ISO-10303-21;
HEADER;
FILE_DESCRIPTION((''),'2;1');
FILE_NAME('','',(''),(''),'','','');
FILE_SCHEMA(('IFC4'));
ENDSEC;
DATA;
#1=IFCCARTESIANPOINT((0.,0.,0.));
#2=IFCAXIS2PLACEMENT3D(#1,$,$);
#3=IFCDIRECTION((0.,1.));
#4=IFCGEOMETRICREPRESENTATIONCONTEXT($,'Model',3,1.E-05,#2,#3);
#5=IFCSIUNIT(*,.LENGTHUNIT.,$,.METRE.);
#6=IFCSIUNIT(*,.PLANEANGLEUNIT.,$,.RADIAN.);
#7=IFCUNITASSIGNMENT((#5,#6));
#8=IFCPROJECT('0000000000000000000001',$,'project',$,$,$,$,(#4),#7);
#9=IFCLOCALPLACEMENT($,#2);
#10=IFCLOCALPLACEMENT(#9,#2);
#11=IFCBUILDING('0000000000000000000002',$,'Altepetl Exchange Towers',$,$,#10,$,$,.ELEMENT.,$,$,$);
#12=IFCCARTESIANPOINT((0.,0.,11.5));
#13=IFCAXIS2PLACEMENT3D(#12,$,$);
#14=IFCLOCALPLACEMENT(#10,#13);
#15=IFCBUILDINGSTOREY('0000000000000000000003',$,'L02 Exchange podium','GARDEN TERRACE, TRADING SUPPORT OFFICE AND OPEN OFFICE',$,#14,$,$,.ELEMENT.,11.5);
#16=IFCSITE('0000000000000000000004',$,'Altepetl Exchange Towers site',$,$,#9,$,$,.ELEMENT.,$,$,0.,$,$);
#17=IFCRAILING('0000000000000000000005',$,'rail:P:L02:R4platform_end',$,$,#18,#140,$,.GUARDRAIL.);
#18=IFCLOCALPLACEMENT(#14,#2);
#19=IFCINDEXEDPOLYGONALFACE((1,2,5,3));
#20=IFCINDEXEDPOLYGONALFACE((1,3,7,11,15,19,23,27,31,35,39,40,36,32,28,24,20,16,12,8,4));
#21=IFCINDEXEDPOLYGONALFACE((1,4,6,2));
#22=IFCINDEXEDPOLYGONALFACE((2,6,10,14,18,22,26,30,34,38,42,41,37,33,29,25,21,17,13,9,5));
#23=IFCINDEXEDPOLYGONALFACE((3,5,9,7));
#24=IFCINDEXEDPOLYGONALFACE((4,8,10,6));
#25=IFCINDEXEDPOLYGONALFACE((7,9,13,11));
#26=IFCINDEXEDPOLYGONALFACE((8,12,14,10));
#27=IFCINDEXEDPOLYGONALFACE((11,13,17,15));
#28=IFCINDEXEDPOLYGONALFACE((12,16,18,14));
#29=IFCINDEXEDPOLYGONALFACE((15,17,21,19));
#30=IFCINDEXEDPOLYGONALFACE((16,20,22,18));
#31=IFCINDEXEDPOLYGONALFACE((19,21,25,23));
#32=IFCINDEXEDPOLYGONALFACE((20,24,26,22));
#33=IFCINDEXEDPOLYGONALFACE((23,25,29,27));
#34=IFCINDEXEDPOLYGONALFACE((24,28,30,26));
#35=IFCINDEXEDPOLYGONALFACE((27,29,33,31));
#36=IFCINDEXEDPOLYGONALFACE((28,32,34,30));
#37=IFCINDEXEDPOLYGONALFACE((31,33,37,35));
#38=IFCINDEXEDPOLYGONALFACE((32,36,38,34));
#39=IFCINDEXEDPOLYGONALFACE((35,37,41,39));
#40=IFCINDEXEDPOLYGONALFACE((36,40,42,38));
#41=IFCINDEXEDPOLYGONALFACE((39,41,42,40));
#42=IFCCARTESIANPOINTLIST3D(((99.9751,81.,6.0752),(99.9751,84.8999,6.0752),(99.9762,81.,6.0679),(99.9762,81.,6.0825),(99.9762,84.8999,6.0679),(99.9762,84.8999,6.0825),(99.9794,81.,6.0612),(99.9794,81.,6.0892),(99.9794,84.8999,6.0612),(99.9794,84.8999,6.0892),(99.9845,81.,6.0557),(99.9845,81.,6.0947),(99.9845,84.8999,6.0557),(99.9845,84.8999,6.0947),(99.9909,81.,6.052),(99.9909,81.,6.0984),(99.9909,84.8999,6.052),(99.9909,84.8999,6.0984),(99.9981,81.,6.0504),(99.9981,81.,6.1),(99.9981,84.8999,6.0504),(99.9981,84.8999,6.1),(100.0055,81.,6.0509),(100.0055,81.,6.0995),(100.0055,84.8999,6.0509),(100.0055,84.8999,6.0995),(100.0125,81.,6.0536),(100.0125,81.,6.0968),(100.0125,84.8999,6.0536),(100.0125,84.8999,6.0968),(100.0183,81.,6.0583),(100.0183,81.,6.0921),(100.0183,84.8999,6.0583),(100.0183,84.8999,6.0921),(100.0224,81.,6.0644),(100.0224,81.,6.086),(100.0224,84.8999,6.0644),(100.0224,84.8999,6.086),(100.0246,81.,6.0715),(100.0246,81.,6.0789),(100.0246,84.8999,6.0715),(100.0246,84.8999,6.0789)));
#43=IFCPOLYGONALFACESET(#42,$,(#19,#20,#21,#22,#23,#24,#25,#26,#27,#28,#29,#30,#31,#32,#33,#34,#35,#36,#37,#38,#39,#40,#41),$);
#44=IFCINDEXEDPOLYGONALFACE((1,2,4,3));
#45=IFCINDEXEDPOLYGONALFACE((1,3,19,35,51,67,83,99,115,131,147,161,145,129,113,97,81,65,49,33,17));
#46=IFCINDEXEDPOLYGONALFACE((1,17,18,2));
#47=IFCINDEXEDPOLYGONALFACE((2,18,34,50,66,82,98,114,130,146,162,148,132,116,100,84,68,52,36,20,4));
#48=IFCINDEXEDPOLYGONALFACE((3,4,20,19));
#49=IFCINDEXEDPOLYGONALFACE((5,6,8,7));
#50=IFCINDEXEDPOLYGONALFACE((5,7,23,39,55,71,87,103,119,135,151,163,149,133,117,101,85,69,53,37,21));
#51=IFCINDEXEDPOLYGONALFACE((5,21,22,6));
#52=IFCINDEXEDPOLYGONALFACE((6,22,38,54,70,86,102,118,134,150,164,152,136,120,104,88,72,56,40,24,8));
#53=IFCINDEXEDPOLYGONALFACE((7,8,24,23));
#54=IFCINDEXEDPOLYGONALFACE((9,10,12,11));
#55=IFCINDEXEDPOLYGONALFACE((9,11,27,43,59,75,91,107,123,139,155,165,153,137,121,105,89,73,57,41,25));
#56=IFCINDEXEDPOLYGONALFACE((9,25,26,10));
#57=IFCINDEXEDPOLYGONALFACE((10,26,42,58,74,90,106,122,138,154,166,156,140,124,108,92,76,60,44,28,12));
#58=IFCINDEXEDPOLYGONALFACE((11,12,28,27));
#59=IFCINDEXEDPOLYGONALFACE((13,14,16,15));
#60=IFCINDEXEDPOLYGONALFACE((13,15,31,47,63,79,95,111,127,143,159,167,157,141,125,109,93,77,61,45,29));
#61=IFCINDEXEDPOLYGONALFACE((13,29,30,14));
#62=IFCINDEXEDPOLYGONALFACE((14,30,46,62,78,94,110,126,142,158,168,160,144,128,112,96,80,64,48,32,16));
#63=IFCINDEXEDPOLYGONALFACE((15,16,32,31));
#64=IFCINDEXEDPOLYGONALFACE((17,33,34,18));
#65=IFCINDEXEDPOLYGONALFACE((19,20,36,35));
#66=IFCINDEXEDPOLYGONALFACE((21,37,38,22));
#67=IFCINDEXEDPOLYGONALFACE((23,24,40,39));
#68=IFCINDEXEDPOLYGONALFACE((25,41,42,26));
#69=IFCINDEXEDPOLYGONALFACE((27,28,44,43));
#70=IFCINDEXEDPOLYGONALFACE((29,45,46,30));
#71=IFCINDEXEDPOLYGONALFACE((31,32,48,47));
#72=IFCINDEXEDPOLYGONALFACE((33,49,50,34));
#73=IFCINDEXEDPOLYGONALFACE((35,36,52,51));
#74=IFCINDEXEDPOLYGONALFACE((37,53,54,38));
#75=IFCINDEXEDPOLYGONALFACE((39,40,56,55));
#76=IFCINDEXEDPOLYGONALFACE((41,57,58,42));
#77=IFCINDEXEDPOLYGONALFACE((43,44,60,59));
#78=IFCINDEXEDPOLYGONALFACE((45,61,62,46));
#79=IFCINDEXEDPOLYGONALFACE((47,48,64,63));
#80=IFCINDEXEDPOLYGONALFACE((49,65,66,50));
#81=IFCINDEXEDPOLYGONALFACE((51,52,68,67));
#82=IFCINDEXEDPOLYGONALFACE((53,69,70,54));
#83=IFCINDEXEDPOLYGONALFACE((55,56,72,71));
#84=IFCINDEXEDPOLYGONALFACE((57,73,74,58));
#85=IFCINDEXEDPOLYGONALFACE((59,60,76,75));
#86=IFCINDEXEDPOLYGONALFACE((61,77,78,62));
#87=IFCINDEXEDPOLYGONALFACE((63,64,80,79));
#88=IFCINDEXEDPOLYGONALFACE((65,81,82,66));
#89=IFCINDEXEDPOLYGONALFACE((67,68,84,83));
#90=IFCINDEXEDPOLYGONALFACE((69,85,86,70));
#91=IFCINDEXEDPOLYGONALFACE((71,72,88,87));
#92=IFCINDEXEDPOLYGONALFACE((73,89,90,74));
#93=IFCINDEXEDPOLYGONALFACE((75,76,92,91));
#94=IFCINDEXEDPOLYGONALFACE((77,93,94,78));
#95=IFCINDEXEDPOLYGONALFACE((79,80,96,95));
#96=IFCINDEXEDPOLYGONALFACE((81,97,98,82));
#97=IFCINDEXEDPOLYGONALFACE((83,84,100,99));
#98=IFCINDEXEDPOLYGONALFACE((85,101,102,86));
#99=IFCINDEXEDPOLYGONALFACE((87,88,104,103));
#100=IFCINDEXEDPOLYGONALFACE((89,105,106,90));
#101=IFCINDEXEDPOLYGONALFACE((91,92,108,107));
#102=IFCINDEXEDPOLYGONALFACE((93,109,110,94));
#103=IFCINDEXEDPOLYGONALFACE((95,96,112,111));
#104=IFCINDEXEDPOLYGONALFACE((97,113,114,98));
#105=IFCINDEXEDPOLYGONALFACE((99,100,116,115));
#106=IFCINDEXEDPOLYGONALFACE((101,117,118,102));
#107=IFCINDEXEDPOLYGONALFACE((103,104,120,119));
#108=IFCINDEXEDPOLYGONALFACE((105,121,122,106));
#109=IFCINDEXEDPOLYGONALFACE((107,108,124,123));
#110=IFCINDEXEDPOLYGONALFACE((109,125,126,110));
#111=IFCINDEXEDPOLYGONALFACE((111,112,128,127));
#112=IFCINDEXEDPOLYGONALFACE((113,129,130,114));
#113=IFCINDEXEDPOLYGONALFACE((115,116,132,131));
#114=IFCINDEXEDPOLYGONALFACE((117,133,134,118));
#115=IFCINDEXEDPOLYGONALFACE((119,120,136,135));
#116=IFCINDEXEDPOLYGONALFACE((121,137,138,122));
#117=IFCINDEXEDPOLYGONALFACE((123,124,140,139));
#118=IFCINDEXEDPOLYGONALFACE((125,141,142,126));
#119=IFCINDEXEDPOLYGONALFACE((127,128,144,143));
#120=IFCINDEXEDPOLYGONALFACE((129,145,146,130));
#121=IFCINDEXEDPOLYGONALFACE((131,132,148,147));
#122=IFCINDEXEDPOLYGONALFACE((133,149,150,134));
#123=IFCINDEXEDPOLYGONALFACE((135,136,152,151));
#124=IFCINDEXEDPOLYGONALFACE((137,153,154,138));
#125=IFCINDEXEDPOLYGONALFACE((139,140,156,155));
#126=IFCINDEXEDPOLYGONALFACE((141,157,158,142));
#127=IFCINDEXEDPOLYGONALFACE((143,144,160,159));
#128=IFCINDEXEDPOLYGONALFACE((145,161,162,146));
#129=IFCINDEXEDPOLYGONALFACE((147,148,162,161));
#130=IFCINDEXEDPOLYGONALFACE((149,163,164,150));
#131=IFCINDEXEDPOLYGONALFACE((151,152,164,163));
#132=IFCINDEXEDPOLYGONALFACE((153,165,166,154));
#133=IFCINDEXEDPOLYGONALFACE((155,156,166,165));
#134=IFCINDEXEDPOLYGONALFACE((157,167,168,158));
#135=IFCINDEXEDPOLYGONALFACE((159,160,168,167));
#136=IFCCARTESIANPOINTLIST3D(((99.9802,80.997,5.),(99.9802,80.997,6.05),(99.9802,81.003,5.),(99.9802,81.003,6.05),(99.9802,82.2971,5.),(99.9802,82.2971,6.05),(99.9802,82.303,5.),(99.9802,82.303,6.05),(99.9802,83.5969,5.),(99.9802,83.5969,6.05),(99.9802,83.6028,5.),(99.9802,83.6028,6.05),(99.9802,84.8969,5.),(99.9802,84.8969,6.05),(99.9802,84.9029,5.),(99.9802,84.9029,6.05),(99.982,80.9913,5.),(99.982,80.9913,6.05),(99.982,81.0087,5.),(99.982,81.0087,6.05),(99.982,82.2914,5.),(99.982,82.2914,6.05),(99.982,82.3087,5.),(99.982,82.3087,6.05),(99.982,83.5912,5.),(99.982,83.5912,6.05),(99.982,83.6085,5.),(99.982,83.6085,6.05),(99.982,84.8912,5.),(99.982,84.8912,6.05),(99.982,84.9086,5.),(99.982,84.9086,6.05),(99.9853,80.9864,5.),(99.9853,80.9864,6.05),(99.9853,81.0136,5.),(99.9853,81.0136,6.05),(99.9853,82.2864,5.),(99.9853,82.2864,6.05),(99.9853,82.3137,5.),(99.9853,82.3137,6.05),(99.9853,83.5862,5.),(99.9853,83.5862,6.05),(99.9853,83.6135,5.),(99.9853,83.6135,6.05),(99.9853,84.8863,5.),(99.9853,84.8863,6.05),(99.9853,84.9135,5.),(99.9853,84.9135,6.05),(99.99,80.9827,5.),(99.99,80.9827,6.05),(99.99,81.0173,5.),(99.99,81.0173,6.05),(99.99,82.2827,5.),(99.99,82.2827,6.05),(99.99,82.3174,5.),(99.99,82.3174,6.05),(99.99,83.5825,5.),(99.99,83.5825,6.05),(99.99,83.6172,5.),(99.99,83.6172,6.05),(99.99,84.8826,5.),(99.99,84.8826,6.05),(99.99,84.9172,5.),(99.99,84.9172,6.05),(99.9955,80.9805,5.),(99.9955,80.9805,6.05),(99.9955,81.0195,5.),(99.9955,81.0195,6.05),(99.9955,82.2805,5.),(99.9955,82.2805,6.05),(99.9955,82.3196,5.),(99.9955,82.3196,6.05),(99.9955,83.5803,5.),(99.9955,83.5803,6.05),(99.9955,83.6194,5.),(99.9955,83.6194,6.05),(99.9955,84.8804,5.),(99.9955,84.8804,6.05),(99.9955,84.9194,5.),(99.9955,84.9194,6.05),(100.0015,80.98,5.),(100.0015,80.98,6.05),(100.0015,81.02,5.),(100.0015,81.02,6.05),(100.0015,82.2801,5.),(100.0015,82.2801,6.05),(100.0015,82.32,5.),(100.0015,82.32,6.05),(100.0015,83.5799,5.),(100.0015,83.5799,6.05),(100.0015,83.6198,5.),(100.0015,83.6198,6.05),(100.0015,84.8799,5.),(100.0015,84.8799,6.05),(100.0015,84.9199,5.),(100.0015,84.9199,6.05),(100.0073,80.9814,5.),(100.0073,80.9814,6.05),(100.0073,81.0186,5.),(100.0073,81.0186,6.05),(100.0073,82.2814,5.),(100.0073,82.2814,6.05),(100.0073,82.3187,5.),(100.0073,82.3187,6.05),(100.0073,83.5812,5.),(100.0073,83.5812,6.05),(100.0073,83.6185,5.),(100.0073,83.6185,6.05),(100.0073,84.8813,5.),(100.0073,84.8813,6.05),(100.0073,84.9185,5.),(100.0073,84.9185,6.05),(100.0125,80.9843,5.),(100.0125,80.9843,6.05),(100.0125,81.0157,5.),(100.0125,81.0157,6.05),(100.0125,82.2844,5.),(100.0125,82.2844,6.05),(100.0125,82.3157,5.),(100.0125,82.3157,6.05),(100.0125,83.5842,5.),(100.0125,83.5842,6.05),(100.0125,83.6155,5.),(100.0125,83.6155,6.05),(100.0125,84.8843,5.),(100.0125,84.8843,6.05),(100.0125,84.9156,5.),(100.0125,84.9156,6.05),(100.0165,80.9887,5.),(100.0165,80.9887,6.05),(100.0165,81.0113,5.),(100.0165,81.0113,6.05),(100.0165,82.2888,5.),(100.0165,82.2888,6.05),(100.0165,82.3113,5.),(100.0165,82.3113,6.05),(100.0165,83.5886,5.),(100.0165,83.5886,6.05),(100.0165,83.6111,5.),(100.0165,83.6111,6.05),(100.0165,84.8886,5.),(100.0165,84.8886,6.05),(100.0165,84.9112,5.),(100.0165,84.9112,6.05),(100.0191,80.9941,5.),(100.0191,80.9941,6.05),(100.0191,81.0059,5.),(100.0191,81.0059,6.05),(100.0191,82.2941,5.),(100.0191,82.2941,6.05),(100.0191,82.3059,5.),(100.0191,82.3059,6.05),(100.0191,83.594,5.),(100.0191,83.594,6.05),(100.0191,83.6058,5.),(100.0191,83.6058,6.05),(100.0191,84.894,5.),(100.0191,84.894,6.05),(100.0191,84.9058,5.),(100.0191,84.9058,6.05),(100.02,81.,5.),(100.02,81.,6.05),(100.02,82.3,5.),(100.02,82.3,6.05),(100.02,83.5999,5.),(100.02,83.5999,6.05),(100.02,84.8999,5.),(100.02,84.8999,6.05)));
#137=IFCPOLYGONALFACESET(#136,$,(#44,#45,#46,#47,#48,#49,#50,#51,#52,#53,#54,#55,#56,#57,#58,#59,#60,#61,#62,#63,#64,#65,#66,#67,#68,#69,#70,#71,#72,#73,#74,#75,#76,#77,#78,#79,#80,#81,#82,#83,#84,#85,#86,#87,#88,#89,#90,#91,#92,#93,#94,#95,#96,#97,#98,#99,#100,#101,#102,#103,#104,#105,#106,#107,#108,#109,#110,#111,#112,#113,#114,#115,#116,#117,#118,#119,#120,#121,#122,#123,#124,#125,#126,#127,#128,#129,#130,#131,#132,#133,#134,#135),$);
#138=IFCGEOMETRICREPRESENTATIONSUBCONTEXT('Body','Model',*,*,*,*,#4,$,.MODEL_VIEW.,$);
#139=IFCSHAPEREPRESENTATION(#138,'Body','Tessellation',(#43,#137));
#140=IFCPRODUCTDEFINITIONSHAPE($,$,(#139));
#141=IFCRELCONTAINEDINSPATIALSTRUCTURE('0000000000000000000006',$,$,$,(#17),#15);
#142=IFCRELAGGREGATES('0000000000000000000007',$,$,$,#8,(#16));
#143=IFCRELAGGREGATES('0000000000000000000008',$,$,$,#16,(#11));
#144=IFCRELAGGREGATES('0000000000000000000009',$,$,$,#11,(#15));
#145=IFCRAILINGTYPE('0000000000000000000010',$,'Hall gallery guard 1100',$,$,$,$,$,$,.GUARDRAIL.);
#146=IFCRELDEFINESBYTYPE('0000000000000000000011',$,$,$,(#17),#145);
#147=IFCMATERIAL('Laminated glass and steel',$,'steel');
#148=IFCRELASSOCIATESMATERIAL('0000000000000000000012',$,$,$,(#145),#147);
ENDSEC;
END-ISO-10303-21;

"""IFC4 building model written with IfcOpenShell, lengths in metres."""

from ifc_helpers import new_model, si_unit, direction, frame, origin, origin_2d, place, context, subcontext, project, spatial, circle, extrude, source, transform, mapped, material, type_object, element, save


model = new_model("IFC4")

# Units and contexts
model_context = context("Model", 3, precision=1e-05, world=origin(), true_north=direction((0.0, 1.0)))
body_context = subcontext(model_context, "Body", "Model", "MODEL_VIEW")
ifc_project = project(units=[si_unit("LENGTHUNIT", "METRE"), si_unit("PLANEANGLEUNIT", "RADIAN")], contexts=[model_context])

# Site, building, storey
site_placement = place(None, origin())
site = spatial("IfcSite", under=ifc_project, at=site_placement, Name="Altepetl Exchange Towers site", CompositionType="ELEMENT", RefElevation=0.0)
building_placement = place(site_placement, origin())
building = spatial("IfcBuilding", under=site, at=building_placement, Name="Altepetl Exchange Towers", CompositionType="ELEMENT")
storey_placement = place(building_placement, frame((0.0, 0.0, 11.5)))
storey = spatial("IfcBuildingStorey", under=building, at=storey_placement, Name="L02 Exchange podium", Description="GARDEN TERRACE, TRADING SUPPORT OFFICE AND OPEN OFFICE", CompositionType="ELEMENT", Elevation=11.5)

# Railing
ifc_material_1 = material(Name="Laminated glass and steel", Category="steel")
railing_type = type_object("IfcRailingType", Name="Hall gallery guard 1100", PredefinedType="GUARDRAIL", material=ifc_material_1)
shared_shape = source(origin(), body_context, "Body", "SweptSolid", [
    extrude(circle(Radius=0.02, at=origin_2d()), origin(), (0.0, 0.0, 1.0), 1.05),
])
railing_1_placement = place(storey_placement, frame((100.0, 81.0, 5.0)))
element("IfcRailing", 1, at=railing_1_placement, inside=storey, type_object=railing_type, Name="rail:P:L02:R4platform_end", PredefinedType="GUARDRAIL", context=body_context, shape_type="SweptSolid", body=[
    extrude(circle(Radius=0.0249, at=origin_2d()), frame((0.0, 0.0, 1.0752), z_axis=(0.0, 1.0, 0.0), x_axis=(-1.0, 0.0, 0.0)), (0.0, 0.0, 1.0), 3.8999),
    mapped(shared_shape, transform((0.0, 0.0, 0.0))),
    mapped(shared_shape, transform((0.0, 1.3, 0.0))),
    mapped(shared_shape, transform((0.0, 2.5999, 0.0))),
    mapped(shared_shape, transform((0.0, 3.8999, 0.0))),
])

save(model, "model.ifc")
